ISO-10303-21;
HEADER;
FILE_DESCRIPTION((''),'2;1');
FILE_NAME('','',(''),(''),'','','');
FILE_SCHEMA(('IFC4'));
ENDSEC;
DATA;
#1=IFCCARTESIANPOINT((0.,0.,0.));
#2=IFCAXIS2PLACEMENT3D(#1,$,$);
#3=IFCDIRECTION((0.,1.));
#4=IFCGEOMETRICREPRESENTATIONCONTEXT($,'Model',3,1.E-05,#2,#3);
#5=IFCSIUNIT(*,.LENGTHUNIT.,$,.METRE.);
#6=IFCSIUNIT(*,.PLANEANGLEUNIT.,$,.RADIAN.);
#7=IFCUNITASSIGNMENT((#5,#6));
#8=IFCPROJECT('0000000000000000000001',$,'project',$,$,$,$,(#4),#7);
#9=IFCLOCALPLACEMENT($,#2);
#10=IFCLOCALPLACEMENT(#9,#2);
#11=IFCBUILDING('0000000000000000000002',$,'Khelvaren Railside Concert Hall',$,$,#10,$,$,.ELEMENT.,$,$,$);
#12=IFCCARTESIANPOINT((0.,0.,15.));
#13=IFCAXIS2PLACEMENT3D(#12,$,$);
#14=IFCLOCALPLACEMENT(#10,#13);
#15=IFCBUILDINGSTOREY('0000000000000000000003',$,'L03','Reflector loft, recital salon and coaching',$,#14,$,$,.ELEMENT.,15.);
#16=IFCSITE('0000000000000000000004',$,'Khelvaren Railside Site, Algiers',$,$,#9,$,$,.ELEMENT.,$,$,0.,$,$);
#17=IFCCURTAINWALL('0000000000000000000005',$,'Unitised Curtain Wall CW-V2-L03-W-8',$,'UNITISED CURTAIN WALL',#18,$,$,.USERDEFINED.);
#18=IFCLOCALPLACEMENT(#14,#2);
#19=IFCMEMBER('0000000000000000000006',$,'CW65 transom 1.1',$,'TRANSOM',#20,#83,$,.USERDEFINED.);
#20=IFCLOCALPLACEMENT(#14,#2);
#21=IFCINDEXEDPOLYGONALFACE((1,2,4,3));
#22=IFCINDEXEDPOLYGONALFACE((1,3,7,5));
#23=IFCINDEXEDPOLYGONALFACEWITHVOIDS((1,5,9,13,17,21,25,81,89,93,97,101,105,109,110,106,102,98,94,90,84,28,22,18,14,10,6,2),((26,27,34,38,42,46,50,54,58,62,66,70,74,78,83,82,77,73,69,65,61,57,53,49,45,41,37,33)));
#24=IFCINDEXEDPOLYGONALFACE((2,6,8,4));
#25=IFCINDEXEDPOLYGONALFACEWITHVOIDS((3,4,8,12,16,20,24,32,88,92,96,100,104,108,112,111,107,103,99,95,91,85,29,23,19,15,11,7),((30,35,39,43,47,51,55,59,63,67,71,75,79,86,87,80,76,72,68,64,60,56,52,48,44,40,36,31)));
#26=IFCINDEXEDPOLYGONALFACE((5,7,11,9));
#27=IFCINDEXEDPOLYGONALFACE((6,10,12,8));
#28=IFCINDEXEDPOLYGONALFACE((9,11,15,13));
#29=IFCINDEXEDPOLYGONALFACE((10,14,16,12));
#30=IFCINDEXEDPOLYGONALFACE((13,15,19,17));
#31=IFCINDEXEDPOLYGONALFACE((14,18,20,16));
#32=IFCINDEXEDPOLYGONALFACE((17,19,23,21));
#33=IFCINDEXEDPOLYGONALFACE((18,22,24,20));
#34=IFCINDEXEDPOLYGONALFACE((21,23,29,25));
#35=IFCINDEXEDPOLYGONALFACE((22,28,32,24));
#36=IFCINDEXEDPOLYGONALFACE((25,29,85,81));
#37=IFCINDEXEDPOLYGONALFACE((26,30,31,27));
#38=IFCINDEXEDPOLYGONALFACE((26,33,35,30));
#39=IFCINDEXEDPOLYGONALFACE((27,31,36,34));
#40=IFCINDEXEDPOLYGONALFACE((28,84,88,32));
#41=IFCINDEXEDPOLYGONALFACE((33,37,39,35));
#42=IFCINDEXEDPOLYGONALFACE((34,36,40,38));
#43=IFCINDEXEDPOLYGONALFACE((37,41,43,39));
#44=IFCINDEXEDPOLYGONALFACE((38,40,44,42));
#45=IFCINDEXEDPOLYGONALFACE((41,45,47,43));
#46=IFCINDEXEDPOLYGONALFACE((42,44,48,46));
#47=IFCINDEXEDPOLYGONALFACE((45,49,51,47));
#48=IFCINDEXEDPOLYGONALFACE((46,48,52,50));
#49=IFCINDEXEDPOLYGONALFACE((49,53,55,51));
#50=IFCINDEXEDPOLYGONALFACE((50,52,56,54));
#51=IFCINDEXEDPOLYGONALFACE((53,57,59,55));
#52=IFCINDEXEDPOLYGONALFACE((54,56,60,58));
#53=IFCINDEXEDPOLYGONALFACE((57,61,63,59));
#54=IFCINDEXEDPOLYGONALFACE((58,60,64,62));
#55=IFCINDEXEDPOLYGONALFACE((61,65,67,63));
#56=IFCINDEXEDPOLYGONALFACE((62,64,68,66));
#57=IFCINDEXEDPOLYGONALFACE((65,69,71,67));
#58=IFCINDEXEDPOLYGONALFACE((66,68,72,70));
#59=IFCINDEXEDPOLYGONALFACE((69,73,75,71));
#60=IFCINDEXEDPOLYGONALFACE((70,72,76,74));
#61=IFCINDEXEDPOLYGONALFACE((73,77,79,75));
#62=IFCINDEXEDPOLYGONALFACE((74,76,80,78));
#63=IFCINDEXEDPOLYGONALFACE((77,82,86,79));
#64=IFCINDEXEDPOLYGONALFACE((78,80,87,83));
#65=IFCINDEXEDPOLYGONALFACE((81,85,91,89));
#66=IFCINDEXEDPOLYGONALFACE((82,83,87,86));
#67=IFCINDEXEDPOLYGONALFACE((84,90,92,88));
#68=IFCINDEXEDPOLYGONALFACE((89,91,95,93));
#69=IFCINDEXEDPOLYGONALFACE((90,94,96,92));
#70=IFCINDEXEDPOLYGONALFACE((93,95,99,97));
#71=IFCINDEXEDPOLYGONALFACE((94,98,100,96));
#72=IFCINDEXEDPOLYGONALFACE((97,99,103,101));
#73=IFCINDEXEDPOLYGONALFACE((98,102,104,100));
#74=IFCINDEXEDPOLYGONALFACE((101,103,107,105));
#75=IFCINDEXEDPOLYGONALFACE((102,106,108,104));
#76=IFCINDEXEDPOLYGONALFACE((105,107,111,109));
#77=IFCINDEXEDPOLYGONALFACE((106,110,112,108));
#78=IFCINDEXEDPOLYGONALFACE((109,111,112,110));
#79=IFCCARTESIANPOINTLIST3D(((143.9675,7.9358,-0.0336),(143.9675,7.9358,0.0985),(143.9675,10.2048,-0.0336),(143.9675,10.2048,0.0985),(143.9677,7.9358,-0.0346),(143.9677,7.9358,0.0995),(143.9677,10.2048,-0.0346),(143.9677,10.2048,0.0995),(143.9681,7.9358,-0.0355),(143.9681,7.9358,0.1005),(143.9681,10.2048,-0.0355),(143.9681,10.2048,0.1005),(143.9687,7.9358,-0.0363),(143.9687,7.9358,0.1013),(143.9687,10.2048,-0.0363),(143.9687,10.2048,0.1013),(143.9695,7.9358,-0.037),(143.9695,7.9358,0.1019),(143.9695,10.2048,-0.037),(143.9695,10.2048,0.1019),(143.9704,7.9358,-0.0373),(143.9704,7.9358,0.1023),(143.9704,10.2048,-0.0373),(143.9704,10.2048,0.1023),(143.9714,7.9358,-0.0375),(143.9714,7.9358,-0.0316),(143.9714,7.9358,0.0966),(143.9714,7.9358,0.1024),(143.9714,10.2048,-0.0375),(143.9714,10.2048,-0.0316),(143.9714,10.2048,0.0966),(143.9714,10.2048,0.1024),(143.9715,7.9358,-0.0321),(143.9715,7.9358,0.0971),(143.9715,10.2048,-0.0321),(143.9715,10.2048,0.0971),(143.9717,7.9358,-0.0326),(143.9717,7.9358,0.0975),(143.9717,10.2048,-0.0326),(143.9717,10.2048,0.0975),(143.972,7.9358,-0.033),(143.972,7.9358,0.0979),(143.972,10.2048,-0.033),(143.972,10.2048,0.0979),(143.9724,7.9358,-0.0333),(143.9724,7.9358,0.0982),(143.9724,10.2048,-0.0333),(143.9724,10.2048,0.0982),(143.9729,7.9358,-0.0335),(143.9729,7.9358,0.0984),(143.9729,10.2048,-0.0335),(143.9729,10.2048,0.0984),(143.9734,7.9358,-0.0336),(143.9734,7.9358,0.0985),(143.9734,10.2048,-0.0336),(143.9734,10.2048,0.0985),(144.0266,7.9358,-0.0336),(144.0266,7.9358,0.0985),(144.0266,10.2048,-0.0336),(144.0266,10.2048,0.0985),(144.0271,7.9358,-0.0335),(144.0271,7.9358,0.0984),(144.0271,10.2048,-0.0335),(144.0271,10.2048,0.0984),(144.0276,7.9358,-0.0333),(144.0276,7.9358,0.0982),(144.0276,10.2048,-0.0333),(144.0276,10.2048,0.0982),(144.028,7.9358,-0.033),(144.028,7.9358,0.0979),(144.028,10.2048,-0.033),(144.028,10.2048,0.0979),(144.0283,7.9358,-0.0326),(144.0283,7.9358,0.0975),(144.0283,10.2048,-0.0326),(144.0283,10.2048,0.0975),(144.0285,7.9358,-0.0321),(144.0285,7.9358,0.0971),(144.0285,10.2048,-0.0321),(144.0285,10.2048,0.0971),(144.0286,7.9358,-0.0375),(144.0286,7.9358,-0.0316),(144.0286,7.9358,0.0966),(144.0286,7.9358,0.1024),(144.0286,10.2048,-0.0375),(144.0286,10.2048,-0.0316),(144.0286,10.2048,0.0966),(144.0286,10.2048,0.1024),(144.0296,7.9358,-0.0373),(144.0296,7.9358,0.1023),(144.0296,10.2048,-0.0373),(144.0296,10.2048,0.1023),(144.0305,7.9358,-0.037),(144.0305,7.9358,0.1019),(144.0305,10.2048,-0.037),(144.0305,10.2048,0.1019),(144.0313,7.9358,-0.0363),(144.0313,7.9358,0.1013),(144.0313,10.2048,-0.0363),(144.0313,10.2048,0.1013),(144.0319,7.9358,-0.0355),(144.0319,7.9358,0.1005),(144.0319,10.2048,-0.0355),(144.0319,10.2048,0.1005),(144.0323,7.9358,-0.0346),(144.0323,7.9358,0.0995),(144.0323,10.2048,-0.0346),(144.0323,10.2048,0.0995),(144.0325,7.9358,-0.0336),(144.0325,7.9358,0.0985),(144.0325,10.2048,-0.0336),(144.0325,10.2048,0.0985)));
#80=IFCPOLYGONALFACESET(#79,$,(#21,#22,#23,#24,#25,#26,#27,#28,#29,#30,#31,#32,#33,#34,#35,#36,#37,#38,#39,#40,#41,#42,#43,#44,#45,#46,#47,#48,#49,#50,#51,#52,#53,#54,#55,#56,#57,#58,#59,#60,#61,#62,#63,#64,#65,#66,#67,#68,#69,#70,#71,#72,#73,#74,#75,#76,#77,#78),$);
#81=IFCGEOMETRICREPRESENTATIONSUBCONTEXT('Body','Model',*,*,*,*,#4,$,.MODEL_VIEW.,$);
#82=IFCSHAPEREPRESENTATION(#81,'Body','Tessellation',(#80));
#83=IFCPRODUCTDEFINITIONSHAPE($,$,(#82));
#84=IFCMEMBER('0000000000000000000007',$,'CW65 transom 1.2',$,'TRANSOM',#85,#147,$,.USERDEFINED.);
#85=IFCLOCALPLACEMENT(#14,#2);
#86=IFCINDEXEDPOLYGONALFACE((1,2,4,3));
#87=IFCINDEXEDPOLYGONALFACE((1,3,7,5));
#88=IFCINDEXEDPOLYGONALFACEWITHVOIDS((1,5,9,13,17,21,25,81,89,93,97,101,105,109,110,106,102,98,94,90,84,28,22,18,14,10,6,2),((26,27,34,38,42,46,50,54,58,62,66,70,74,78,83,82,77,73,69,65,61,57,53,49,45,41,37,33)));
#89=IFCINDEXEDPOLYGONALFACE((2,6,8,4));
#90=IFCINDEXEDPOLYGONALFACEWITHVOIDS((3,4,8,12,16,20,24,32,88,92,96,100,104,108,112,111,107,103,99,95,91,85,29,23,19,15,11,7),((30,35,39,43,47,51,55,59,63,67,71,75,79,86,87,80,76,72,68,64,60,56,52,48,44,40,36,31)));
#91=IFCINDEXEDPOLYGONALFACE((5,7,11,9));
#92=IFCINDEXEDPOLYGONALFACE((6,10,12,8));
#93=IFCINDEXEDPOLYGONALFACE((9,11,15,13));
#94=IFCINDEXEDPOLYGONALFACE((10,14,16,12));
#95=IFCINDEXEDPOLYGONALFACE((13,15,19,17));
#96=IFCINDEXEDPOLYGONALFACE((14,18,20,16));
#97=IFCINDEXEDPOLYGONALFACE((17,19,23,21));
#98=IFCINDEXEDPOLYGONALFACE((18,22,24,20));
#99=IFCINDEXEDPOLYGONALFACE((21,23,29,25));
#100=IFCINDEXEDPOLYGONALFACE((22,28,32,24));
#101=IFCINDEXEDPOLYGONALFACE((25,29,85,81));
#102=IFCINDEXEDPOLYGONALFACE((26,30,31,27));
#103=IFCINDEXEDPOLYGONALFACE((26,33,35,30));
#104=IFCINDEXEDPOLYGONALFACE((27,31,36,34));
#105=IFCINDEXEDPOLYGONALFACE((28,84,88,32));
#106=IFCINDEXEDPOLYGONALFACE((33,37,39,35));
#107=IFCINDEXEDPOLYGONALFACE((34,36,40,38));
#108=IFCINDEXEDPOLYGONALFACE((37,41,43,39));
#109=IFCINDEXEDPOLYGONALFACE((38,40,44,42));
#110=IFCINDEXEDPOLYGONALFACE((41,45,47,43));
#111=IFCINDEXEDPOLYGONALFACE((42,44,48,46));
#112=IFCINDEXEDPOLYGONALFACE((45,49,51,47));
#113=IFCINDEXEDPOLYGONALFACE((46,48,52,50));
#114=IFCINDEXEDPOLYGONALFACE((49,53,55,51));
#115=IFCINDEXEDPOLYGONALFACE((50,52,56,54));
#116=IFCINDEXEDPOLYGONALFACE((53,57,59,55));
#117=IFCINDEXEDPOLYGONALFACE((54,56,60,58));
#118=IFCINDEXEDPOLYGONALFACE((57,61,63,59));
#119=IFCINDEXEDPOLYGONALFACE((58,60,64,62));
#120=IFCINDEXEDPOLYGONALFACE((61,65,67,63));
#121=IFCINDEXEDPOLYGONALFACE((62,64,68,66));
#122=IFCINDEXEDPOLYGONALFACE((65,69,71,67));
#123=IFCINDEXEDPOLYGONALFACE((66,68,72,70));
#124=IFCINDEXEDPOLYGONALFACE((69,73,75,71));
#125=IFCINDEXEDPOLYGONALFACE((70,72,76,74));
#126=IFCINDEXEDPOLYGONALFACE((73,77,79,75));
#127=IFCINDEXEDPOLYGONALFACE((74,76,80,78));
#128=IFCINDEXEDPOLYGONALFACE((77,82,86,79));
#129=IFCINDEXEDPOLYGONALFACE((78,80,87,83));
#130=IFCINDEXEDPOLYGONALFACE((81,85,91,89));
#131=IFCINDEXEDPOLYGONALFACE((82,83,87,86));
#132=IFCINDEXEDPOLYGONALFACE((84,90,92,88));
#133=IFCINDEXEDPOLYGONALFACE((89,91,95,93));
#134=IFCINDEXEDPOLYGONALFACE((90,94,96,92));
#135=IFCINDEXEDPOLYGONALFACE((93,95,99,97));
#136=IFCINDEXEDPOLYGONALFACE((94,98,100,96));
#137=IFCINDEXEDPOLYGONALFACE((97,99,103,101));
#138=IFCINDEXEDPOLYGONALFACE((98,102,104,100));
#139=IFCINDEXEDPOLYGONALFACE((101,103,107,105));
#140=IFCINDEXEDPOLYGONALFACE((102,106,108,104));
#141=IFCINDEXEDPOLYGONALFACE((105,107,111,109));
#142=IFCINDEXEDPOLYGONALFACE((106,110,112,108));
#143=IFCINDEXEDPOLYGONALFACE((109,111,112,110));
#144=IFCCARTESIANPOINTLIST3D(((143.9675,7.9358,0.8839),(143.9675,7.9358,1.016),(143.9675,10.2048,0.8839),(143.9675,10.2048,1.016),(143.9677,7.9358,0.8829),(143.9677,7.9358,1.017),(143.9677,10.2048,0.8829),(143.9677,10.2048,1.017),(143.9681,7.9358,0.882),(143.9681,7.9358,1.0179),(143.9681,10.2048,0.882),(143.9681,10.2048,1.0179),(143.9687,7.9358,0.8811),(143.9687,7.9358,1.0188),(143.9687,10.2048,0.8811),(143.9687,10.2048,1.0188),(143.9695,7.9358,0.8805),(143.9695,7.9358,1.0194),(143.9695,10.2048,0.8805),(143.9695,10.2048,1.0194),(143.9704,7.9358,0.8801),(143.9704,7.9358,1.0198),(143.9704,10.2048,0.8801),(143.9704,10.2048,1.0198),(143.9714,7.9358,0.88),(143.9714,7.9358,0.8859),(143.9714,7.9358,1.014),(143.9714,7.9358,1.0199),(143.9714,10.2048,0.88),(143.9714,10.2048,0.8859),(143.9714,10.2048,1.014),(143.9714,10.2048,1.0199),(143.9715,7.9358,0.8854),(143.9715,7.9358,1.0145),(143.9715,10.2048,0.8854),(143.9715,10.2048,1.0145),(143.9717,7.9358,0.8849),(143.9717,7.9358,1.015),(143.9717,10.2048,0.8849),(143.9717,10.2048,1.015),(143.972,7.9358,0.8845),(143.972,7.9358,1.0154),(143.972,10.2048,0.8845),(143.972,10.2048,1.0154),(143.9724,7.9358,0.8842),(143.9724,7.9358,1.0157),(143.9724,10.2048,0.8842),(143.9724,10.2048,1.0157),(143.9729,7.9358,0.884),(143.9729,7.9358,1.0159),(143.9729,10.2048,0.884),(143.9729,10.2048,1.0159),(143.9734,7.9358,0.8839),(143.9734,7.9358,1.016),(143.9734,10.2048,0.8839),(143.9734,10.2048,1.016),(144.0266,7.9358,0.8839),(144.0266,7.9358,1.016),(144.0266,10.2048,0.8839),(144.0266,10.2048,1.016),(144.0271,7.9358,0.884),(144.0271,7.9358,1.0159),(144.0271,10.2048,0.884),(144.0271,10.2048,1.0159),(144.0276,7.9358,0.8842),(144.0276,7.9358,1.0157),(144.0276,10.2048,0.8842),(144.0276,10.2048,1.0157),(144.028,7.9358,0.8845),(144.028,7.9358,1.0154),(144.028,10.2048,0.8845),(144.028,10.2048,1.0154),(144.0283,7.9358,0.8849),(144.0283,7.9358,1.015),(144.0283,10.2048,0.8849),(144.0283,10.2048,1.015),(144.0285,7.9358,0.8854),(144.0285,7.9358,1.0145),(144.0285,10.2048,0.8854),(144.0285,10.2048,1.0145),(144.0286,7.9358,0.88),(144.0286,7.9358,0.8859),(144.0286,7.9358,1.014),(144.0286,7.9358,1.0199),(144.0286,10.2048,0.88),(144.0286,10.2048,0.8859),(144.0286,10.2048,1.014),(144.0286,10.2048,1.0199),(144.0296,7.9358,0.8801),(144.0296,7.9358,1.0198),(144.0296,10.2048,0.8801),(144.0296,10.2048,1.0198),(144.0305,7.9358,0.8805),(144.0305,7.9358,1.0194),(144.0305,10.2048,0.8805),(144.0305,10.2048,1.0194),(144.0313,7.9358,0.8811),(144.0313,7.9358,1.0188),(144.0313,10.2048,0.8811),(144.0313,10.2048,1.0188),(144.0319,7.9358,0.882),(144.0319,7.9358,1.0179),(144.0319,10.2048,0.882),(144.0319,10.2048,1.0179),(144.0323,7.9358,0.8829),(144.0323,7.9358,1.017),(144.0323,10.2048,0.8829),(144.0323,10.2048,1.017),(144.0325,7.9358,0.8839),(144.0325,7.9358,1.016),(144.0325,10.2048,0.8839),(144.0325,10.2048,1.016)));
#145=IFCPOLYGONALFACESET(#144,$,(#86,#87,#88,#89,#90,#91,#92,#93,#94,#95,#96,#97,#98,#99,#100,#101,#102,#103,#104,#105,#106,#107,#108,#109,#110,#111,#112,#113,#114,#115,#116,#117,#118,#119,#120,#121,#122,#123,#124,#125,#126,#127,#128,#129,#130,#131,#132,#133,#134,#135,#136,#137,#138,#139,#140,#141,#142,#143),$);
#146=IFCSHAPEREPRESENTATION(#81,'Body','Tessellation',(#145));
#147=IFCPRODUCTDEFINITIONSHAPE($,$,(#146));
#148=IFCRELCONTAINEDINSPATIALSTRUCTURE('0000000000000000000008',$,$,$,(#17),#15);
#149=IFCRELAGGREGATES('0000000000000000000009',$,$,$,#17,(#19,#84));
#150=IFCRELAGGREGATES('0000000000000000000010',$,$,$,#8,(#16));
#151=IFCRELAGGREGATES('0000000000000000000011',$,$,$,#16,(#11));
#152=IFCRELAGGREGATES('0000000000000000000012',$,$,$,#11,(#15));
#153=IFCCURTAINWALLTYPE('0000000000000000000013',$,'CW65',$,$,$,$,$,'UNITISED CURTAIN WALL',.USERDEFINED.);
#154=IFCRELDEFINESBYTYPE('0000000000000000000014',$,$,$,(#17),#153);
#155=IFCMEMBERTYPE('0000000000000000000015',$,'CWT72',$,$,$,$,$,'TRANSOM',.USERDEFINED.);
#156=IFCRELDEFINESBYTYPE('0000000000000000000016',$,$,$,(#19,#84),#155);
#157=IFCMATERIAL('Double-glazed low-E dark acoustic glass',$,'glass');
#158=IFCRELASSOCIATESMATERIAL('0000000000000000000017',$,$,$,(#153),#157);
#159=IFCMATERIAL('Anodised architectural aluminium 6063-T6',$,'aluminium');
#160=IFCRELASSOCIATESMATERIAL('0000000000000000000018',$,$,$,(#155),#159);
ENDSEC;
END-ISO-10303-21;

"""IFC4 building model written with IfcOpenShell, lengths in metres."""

from ifc_helpers import new_model, si_unit, direction, frame, origin, origin_2d, place, context, subcontext, project, spatial, hollow_rectangle, extrude, material, material_profile, profile_set, type_object, element, aggregate, save


model = new_model("IFC4")

# Units and contexts
model_context = context("Model", 3, precision=1e-05, world=origin(), true_north=direction((0.0, 1.0)))
body_context = subcontext(model_context, "Body", "Model", "MODEL_VIEW")
ifc_project = project(units=[si_unit("LENGTHUNIT", "METRE"), si_unit("PLANEANGLEUNIT", "RADIAN")], contexts=[model_context])

# Site, building, storey
site_placement = place(None, origin())
site = spatial("IfcSite", under=ifc_project, at=site_placement, Name="Khelvaren Railside Site, Algiers", CompositionType="ELEMENT", RefElevation=0.0)
building_placement = place(site_placement, origin())
building = spatial("IfcBuilding", under=site, at=building_placement, Name="Khelvaren Railside Concert Hall", CompositionType="ELEMENT")
storey_placement = place(building_placement, frame((0.0, 0.0, 15.0)))
storey = spatial("IfcBuildingStorey", under=building, at=storey_placement, Name="L03", Description="Reflector loft, recital salon and coaching", CompositionType="ELEMENT", Elevation=15.0)

# Shared definitions
ifc_material_1 = material(Name="Anodised architectural aluminium 6063-T6", Category="aluminium")

# Curtain wall, members
ifc_material_2 = material(Name="Double-glazed low-E dark acoustic glass", Category="glass")
curtain_wall_type_1 = type_object("IfcCurtainWallType", Name="CW65", ElementType="UNITISED CURTAIN WALL", PredefinedType="USERDEFINED", material=ifc_material_2)
curtain_wall_1_placement = place(storey_placement, origin())
curtain_wall_1 = element("IfcCurtainWall", 1, at=curtain_wall_1_placement, inside=storey, type_object=curtain_wall_type_1, Name="Unitised Curtain Wall CW-V2-L03-W-8", ObjectType="UNITISED CURTAIN WALL", PredefinedType="USERDEFINED")
ifc_material_profile_1 = material_profile(ifc_material_1, hollow_rectangle(XDim=0.0649, YDim=0.1399, WallThickness=0.0039, InnerFilletRadius=0.002, OuterFilletRadius=0.0039, at=origin_2d()), Name="CWT 65x140x4")
ifc_profile_set_1 = profile_set([ifc_material_profile_1], Name="Anodised architectural aluminium 6063-T6")
member_type_1 = type_object("IfcMemberType", Name="CWT72", ElementType="TRANSOM", PredefinedType="USERDEFINED", material=ifc_profile_set_1)
member_1_placement = place(storey_placement, frame((144.0, 7.9358, 0.0325), z_axis=(0.0, 1.0, 0.0), x_axis=(-1.0, 0.0, 0.0)))
member_1 = element("IfcMember", 2, at=member_1_placement, type_object=member_type_1, Name="CW65 transom 1.1", ObjectType="TRANSOM", PredefinedType="USERDEFINED", context=body_context, shape_type="SweptSolid", body=[
    extrude(hollow_rectangle(XDim=0.0649, YDim=0.1399, WallThickness=0.0039, InnerFilletRadius=0.002, OuterFilletRadius=0.0039, at=origin_2d()), origin(), (0.0, 0.0, 1.0), 2.269),
])
member_2_placement = place(storey_placement, frame((144.0, 7.9358, 0.95), z_axis=(0.0, 1.0, 0.0), x_axis=(-1.0, 0.0, 0.0)))
member_2 = element("IfcMember", 3, at=member_2_placement, type_object=member_type_1, Name="CW65 transom 1.2", ObjectType="TRANSOM", PredefinedType="USERDEFINED", context=body_context, shape_type="SweptSolid", body=[
    extrude(hollow_rectangle(XDim=0.0649, YDim=0.1399, WallThickness=0.0039, InnerFilletRadius=0.002, OuterFilletRadius=0.0039, at=origin_2d()), origin(), (0.0, 0.0, 1.0), 2.269),
])

aggregate(curtain_wall_1, [member_1, member_2])

save(model, "model.ifc")
